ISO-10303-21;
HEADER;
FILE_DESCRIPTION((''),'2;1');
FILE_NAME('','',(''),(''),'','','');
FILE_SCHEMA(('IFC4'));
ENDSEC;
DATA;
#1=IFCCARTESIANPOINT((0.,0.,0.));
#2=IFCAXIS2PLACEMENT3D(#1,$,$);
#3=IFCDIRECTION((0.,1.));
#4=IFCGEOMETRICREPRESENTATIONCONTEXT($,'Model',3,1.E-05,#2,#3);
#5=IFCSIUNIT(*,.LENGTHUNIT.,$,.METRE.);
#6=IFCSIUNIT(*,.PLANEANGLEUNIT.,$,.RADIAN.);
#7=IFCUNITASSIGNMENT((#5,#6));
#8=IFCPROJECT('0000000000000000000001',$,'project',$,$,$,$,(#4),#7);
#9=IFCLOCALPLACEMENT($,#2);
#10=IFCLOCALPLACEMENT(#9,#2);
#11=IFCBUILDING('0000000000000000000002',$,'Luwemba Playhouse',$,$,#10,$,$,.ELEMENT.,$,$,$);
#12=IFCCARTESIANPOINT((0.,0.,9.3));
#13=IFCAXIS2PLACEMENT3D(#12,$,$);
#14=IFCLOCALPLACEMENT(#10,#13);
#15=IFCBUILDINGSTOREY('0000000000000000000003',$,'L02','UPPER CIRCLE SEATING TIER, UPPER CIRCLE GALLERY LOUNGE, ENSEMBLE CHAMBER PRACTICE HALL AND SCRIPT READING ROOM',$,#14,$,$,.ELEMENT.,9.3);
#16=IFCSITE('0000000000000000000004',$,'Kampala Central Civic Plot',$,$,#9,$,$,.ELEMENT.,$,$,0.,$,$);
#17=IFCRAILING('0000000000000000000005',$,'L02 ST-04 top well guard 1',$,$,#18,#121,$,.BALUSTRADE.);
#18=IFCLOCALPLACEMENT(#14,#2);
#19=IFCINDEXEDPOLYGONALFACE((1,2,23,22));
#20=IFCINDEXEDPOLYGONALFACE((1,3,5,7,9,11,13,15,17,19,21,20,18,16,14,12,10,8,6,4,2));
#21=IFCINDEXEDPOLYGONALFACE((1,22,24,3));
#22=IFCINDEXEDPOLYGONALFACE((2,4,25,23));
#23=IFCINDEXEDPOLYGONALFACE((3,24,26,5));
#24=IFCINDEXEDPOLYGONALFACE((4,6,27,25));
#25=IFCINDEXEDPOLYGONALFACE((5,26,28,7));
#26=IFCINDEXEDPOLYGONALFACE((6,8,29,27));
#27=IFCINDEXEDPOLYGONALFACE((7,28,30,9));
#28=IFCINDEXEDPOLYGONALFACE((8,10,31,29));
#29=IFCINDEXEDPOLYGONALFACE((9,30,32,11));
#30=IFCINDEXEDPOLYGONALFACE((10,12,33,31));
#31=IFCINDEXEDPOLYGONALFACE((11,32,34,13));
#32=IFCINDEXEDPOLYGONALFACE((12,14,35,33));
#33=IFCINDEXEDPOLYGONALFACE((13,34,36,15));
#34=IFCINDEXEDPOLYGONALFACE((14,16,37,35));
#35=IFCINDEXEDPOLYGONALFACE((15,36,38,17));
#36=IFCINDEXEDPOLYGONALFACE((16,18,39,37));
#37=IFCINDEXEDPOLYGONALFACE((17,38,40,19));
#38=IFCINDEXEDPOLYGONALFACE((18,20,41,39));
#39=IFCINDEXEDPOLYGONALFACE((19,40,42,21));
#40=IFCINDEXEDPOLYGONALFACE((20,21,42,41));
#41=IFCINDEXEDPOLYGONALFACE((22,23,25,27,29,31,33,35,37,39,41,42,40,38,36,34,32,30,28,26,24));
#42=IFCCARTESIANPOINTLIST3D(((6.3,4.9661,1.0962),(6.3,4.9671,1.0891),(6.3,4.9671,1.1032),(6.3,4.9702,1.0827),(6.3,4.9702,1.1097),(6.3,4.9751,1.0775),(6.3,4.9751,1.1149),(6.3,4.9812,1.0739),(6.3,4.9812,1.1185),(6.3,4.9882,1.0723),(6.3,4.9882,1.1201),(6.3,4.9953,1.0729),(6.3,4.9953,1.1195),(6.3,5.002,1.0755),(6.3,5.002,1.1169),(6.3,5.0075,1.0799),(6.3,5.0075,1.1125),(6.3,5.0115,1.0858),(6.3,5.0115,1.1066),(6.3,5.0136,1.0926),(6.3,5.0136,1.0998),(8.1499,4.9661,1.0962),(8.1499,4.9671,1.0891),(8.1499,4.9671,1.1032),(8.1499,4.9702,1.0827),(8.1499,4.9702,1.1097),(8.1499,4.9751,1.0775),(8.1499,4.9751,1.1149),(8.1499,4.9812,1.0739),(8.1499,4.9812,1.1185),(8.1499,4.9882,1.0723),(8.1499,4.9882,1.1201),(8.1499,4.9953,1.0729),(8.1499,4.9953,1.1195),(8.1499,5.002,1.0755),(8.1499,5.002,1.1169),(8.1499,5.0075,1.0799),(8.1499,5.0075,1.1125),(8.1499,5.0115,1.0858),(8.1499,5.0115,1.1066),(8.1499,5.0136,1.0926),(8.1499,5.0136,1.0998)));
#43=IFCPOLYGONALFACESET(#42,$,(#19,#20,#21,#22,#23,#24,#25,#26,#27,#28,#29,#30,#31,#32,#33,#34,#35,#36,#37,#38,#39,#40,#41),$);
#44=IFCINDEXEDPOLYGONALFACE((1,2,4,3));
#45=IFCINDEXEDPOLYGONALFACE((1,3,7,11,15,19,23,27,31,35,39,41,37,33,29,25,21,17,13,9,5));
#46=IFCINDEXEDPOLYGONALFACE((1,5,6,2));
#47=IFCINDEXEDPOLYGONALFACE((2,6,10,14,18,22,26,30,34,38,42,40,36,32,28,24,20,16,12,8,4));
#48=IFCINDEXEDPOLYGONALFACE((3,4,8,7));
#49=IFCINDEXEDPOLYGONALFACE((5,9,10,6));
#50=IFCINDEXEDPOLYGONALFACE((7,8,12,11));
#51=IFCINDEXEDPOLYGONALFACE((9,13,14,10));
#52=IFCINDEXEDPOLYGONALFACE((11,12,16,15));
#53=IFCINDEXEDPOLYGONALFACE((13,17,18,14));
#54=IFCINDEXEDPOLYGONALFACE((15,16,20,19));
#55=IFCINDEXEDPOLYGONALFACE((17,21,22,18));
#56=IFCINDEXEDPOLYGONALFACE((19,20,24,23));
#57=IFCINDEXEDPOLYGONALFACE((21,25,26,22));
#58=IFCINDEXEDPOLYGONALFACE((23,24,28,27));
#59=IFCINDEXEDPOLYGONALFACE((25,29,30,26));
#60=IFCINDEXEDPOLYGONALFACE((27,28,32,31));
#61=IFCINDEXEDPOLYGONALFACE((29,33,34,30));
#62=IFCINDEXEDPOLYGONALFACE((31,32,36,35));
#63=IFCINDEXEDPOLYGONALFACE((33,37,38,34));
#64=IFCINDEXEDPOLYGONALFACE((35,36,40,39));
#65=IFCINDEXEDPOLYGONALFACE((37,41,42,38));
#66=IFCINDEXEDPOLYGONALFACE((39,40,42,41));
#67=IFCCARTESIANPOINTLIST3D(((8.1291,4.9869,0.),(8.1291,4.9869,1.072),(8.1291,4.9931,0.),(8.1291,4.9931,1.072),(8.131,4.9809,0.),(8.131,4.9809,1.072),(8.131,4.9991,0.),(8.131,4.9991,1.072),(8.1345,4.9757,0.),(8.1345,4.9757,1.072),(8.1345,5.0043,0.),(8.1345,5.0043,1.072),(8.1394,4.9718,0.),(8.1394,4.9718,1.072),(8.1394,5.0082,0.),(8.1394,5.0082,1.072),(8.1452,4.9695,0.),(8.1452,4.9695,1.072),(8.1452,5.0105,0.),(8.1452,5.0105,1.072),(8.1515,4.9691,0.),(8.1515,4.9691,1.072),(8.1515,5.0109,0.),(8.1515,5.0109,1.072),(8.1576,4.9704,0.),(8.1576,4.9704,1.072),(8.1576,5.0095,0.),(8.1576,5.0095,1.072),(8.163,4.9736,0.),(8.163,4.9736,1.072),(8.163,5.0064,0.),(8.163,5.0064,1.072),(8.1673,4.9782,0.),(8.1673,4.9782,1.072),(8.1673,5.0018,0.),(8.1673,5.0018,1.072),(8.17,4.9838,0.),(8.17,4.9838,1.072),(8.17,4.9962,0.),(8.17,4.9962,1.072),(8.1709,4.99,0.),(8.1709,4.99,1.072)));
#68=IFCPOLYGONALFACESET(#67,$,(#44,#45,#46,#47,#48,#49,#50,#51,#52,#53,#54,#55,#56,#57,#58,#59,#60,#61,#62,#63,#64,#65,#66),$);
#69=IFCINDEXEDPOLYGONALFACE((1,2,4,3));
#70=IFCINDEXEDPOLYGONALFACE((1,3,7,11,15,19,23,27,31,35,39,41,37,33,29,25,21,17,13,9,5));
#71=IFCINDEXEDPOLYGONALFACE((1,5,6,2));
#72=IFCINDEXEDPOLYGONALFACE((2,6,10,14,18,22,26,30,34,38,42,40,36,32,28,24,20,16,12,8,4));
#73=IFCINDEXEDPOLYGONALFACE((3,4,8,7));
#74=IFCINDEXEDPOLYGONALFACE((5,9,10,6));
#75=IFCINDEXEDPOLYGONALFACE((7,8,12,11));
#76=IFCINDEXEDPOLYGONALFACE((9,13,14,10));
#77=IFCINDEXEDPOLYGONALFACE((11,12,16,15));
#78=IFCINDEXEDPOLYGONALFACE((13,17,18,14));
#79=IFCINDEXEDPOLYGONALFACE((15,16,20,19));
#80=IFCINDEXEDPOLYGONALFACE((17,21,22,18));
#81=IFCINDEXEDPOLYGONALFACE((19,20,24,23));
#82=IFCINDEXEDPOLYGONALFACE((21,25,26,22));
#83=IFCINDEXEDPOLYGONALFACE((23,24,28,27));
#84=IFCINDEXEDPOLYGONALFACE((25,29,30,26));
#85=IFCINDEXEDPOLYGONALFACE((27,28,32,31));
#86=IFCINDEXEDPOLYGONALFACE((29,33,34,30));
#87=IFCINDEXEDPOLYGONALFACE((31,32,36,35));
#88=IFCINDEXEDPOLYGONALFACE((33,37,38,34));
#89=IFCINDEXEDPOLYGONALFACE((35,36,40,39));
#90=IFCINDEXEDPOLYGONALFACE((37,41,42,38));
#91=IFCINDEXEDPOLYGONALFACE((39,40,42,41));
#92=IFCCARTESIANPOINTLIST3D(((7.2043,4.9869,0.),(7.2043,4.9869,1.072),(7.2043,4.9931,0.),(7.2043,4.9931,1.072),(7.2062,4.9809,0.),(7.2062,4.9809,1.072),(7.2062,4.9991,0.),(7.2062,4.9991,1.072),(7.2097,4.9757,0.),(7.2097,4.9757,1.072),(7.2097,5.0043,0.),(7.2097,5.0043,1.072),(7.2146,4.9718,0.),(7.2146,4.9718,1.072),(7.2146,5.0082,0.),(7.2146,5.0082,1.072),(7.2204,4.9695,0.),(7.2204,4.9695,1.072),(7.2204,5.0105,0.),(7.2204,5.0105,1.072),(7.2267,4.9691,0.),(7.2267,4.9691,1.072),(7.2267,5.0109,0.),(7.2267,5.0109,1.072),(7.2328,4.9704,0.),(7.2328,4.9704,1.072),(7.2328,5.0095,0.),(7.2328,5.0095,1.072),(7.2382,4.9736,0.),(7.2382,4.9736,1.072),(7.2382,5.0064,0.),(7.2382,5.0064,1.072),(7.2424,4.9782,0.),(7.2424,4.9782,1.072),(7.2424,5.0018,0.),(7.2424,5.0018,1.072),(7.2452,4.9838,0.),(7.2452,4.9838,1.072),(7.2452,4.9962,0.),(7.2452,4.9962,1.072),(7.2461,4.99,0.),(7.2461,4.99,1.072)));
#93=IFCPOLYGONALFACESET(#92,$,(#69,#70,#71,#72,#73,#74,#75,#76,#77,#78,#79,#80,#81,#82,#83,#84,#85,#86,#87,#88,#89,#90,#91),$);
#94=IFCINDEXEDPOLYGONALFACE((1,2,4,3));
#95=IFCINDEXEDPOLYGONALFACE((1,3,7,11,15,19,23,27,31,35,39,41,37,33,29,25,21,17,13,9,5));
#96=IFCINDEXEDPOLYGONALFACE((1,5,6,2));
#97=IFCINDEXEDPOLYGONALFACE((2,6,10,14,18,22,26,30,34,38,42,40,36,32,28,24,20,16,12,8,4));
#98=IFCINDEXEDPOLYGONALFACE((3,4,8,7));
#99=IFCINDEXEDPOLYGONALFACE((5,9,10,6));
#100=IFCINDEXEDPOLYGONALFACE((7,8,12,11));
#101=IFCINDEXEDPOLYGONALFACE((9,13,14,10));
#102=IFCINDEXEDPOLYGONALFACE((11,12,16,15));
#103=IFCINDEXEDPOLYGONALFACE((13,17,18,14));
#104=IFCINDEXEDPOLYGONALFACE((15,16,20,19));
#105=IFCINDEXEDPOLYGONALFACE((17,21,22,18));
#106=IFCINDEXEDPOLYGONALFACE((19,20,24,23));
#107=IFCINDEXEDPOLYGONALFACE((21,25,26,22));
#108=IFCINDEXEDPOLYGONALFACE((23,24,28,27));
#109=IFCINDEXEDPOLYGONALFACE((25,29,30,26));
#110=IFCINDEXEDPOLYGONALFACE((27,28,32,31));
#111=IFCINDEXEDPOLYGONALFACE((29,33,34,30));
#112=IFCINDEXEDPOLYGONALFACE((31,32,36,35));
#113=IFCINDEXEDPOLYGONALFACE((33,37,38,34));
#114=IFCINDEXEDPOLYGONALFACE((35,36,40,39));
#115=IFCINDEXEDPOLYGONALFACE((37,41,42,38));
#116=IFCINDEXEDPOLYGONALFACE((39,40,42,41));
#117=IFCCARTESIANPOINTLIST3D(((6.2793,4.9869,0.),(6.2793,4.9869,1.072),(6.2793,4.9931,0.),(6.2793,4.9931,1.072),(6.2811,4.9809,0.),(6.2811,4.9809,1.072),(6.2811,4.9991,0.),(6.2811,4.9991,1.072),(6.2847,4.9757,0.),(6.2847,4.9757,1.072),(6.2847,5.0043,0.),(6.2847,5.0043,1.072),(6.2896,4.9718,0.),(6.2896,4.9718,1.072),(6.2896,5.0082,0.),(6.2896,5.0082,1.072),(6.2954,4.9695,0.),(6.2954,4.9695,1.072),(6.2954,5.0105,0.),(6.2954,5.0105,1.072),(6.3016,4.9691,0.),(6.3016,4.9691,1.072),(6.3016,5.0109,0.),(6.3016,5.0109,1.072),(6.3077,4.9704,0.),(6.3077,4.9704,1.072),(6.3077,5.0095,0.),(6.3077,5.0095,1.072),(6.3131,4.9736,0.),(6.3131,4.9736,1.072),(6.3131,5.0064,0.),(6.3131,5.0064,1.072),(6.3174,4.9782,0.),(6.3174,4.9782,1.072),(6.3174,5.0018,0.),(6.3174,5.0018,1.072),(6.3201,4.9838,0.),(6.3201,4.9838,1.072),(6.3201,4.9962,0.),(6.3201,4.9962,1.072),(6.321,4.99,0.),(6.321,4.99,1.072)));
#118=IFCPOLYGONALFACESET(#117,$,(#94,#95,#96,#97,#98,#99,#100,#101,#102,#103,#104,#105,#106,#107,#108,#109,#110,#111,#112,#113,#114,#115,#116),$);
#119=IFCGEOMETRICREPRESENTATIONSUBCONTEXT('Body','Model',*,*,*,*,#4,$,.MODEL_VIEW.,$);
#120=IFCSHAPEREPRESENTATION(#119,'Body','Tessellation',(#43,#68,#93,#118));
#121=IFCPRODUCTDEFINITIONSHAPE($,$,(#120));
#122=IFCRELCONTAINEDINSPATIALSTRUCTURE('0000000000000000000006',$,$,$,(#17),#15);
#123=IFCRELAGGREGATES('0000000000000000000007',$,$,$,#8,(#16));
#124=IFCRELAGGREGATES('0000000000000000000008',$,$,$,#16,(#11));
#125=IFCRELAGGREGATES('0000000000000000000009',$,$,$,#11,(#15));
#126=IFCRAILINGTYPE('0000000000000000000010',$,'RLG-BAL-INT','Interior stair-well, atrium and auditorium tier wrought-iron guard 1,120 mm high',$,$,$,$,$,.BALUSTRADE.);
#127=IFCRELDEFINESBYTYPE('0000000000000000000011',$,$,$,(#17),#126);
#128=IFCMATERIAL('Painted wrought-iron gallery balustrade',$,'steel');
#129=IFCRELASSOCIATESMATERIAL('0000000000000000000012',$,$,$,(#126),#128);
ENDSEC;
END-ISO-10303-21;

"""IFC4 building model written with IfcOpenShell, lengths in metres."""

from ifc_helpers import new_model, si_unit, direction, frame, origin, origin_2d, place, context, subcontext, project, spatial, circle, extrude, material, type_object, element, save


model = new_model("IFC4")

# Units and contexts
model_context = context("Model", 3, precision=1e-05, world=origin(), true_north=direction((0.0, 1.0)))
body_context = subcontext(model_context, "Body", "Model", "MODEL_VIEW")
ifc_project = project(units=[si_unit("LENGTHUNIT", "METRE"), si_unit("PLANEANGLEUNIT", "RADIAN")], contexts=[model_context])

# Site, building, storey
site_placement = place(None, origin())
site = spatial("IfcSite", under=ifc_project, at=site_placement, Name="Kampala Central Civic Plot", CompositionType="ELEMENT", RefElevation=0.0)
building_placement = place(site_placement, origin())
building = spatial("IfcBuilding", under=site, at=building_placement, Name="Luwemba Playhouse", CompositionType="ELEMENT")
storey_placement = place(building_placement, frame((0.0, 0.0, 9.3)))
storey = spatial("IfcBuildingStorey", under=building, at=storey_placement, Name="L02", Description="UPPER CIRCLE SEATING TIER, UPPER CIRCLE GALLERY LOUNGE, ENSEMBLE CHAMBER PRACTICE HALL AND SCRIPT READING ROOM", CompositionType="ELEMENT", Elevation=9.3)

# Railing
ifc_material_1 = material(Name="Painted wrought-iron gallery balustrade", Category="steel")
railing_type = type_object("IfcRailingType", Name="RLG-BAL-INT", Description="Interior stair-well, atrium and auditorium tier wrought-iron guard 1,120 mm high", PredefinedType="BALUSTRADE", material=ifc_material_1)
railing_placement = place(storey_placement, frame((8.1499, 4.99, 0.0)))
element("IfcRailing", 1, at=railing_placement, inside=storey, type_object=railing_type, Name="L02 ST-04 top well guard 1", PredefinedType="BALUSTRADE", context=body_context, shape_type="SweptSolid", body=[
    extrude(circle(Radius=0.0239, at=origin_2d()), frame((0.0, 0.0, 1.0962), z_axis=(-1.0, 0.0, 0.0), x_axis=(0.0, -1.0, 0.0)), (0.0, 0.0, 1.0), 1.8499),
    extrude(circle(Radius=0.021, at=origin_2d()), origin(), (0.0, 0.0, 1.0), 1.072),
    extrude(circle(Radius=0.021, at=origin_2d()), frame((-0.9248, 0.0, 0.0)), (0.0, 0.0, 1.0), 1.072),
    extrude(circle(Radius=0.021, at=origin_2d()), frame((-1.8499, 0.0, 0.0)), (0.0, 0.0, 1.0), 1.072),
])

save(model, "model.ifc")
